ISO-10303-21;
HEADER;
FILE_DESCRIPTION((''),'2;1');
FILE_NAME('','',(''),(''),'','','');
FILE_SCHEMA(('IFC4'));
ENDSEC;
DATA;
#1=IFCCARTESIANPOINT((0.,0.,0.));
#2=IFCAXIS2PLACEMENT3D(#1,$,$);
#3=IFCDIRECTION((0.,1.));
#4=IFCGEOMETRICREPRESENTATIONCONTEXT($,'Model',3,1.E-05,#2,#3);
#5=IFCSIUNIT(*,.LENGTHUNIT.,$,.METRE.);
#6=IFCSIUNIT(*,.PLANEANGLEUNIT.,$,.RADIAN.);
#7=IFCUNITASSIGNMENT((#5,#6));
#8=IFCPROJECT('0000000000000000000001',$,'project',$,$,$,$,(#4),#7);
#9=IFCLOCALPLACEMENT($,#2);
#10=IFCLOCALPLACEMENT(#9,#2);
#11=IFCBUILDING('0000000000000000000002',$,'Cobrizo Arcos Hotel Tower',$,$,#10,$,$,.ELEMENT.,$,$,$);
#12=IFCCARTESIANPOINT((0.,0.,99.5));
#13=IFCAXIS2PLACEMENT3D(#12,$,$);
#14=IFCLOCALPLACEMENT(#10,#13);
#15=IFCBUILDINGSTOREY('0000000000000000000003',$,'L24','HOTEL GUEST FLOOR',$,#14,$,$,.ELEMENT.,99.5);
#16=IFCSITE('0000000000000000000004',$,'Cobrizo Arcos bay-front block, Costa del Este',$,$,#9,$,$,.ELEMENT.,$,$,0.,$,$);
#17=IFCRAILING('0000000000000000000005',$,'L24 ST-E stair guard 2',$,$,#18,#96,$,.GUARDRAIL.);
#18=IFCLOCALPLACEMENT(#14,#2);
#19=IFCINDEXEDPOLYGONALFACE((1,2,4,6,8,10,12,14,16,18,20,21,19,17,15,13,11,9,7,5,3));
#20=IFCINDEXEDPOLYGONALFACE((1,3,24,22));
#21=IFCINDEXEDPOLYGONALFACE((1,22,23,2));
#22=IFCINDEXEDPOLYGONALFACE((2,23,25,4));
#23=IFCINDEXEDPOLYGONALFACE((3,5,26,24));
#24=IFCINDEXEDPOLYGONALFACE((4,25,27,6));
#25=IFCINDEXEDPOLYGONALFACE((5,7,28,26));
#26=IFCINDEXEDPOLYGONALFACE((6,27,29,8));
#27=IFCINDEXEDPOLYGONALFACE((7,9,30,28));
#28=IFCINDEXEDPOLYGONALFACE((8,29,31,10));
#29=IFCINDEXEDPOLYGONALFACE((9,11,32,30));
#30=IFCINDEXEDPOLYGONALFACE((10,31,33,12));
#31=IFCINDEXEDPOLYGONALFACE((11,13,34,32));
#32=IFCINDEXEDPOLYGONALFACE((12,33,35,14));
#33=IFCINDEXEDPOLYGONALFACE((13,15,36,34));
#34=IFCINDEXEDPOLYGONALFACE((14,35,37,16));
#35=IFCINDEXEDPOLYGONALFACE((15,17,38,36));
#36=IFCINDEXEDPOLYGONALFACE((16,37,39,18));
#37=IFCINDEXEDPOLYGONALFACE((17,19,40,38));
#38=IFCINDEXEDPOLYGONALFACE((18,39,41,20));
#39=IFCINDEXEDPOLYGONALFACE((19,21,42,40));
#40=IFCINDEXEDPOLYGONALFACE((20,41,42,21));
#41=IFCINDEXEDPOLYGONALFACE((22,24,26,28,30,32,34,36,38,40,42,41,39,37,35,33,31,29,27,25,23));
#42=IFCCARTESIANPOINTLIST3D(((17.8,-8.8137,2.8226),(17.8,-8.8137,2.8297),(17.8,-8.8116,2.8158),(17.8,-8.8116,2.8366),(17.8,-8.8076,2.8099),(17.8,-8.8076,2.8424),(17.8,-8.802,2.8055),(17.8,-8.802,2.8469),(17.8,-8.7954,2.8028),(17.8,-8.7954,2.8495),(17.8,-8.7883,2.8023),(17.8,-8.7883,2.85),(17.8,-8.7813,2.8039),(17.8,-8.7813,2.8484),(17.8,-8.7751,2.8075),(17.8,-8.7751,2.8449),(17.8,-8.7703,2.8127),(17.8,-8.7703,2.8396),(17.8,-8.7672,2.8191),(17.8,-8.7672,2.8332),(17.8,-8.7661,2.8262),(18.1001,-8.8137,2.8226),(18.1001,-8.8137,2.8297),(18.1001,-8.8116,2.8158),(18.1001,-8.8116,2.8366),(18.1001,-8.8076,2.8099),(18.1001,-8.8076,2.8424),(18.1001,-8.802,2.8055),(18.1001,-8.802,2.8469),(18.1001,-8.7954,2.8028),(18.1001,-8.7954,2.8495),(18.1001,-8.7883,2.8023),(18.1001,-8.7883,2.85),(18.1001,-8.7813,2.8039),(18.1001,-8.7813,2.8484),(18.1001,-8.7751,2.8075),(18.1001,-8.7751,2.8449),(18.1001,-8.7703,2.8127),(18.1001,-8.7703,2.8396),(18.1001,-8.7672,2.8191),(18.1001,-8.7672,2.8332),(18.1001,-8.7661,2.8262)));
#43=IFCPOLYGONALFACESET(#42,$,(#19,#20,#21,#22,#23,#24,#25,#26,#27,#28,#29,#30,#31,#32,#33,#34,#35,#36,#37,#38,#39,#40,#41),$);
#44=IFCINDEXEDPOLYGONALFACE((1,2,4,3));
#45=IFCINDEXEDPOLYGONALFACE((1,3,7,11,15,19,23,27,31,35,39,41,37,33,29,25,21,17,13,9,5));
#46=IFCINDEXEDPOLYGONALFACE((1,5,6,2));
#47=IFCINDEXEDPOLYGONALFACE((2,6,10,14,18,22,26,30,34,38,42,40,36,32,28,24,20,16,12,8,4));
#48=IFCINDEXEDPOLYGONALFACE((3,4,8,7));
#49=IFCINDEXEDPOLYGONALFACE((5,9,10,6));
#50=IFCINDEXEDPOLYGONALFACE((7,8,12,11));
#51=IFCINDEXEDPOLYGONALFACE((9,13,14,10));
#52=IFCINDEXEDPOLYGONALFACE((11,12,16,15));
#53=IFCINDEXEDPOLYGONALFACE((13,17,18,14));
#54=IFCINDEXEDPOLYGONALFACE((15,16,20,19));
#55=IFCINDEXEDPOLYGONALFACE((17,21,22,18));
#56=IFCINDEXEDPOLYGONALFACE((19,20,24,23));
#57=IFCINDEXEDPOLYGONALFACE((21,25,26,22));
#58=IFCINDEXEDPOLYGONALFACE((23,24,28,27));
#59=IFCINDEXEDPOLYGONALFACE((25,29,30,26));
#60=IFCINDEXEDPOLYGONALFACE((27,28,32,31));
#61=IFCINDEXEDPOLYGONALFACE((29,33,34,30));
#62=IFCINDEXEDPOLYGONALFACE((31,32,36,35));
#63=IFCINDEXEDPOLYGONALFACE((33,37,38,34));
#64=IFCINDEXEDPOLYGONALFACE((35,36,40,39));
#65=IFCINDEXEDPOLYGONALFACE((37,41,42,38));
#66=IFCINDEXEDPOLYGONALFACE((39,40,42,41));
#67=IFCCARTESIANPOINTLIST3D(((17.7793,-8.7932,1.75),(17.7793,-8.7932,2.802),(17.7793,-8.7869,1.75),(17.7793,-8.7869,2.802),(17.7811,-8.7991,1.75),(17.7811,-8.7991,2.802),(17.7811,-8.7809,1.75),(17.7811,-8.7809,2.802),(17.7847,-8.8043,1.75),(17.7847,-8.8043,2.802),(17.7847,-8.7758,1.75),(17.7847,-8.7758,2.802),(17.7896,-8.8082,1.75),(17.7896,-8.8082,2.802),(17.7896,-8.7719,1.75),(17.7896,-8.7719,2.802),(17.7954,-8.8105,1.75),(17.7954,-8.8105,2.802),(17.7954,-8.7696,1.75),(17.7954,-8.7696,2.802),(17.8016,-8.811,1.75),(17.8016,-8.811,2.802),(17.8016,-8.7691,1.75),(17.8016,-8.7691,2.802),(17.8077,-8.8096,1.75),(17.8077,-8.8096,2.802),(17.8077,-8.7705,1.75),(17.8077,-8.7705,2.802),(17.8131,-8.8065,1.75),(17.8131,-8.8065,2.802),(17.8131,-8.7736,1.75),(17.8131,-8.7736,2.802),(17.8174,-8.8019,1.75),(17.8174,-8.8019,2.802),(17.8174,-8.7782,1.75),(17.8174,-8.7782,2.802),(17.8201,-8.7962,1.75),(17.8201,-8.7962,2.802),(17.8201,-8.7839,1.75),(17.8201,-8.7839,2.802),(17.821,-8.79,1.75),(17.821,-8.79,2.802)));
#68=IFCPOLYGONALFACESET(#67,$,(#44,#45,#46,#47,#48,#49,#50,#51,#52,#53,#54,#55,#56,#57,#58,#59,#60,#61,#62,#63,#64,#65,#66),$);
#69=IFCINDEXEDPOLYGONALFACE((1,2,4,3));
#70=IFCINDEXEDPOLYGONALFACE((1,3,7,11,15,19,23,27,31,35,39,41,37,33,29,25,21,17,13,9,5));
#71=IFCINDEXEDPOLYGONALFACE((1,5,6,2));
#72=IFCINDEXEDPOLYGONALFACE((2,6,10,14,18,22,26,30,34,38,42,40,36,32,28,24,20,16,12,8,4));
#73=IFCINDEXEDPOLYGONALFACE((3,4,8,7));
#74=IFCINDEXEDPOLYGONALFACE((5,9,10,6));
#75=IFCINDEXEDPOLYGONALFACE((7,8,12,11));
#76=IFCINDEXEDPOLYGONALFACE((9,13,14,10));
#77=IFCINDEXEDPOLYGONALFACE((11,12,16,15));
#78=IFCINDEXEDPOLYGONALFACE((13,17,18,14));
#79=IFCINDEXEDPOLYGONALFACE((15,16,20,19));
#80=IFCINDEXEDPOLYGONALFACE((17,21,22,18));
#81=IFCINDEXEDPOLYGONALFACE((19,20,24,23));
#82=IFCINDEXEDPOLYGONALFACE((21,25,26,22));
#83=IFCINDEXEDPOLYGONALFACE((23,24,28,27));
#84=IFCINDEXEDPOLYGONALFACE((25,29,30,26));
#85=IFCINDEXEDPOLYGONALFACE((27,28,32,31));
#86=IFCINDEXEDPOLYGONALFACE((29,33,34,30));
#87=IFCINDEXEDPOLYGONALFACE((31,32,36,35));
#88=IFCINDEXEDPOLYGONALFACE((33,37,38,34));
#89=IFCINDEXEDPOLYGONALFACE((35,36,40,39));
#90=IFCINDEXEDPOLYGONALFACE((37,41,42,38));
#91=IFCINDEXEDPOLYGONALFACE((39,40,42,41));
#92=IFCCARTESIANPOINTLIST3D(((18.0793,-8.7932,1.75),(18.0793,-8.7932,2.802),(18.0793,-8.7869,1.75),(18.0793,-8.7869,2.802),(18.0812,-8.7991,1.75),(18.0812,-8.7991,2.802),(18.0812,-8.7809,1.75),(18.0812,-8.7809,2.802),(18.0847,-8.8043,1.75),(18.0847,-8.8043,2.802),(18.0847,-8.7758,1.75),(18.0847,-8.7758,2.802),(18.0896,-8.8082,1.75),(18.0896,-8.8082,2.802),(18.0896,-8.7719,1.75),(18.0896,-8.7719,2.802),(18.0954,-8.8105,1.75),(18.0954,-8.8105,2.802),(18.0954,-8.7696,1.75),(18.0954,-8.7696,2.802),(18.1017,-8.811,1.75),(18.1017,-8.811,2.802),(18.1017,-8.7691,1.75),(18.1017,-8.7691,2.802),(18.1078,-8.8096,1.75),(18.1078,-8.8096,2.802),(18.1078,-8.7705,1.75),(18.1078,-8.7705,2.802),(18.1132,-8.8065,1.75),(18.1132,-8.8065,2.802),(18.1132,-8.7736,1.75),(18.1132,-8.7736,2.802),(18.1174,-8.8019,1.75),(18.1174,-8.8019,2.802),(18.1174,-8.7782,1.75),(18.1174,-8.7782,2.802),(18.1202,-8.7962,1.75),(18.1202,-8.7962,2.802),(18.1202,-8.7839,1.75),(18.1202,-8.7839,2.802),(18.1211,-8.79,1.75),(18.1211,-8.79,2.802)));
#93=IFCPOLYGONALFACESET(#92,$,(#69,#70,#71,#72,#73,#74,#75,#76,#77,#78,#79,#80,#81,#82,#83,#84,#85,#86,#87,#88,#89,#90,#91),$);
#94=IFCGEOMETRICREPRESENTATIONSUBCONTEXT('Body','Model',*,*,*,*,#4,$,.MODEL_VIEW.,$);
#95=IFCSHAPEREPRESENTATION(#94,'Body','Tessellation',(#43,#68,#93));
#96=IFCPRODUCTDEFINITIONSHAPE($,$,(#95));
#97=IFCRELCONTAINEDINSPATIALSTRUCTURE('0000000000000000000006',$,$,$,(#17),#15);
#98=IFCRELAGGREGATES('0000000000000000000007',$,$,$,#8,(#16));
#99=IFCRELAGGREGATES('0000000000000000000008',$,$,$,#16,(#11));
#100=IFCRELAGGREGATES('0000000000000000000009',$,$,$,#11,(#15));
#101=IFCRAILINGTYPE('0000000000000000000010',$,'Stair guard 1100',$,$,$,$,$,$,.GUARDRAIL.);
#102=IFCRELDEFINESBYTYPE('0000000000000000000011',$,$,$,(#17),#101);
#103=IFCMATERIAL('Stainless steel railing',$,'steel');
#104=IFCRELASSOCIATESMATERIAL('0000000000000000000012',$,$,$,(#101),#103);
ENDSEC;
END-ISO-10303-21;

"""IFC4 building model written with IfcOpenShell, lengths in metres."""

from ifc_helpers import new_model, si_unit, direction, frame, origin, origin_2d, place, context, subcontext, project, spatial, circle, extrude, material, type_object, element, save


model = new_model("IFC4")

# Units and contexts
model_context = context("Model", 3, precision=1e-05, world=origin(), true_north=direction((0.0, 1.0)))
body_context = subcontext(model_context, "Body", "Model", "MODEL_VIEW")
ifc_project = project(units=[si_unit("LENGTHUNIT", "METRE"), si_unit("PLANEANGLEUNIT", "RADIAN")], contexts=[model_context])

# Site, building, storey
site_placement = place(None, origin())
site = spatial("IfcSite", under=ifc_project, at=site_placement, Name="Cobrizo Arcos bay-front block, Costa del Este", CompositionType="ELEMENT", RefElevation=0.0)
building_placement = place(site_placement, origin())
building = spatial("IfcBuilding", under=site, at=building_placement, Name="Cobrizo Arcos Hotel Tower", CompositionType="ELEMENT")
storey_placement = place(building_placement, frame((0.0, 0.0, 99.5)))
storey = spatial("IfcBuildingStorey", under=building, at=storey_placement, Name="L24", Description="HOTEL GUEST FLOOR", CompositionType="ELEMENT", Elevation=99.5)

# Railing
ifc_material_1 = material(Name="Stainless steel railing", Category="steel")
railing_type_1 = type_object("IfcRailingType", Name="Stair guard 1100", PredefinedType="GUARDRAIL", material=ifc_material_1)
railing_1_placement = place(storey_placement, frame((17.8, -8.79, 1.75)))
element("IfcRailing", 1, at=railing_1_placement, inside=storey, type_object=railing_type_1, Name="L24 ST-E stair guard 2", PredefinedType="GUARDRAIL", context=body_context, shape_type="SweptSolid", body=[
    extrude(circle(Radius=0.0239, at=origin_2d()), frame((0.0, 0.0, 1.0762), z_axis=(1.0, 0.0, 0.0), x_axis=(0.0, 1.0, 0.0)), (0.0, 0.0, 1.0), 0.3),
    extrude(circle(Radius=0.021, at=origin_2d()), origin(), (0.0, 0.0, 1.0), 1.052),
    extrude(circle(Radius=0.021, at=origin_2d()), frame((0.3, 0.0, 0.0)), (0.0, 0.0, 1.0), 1.052),
])

save(model, "model.ifc")
